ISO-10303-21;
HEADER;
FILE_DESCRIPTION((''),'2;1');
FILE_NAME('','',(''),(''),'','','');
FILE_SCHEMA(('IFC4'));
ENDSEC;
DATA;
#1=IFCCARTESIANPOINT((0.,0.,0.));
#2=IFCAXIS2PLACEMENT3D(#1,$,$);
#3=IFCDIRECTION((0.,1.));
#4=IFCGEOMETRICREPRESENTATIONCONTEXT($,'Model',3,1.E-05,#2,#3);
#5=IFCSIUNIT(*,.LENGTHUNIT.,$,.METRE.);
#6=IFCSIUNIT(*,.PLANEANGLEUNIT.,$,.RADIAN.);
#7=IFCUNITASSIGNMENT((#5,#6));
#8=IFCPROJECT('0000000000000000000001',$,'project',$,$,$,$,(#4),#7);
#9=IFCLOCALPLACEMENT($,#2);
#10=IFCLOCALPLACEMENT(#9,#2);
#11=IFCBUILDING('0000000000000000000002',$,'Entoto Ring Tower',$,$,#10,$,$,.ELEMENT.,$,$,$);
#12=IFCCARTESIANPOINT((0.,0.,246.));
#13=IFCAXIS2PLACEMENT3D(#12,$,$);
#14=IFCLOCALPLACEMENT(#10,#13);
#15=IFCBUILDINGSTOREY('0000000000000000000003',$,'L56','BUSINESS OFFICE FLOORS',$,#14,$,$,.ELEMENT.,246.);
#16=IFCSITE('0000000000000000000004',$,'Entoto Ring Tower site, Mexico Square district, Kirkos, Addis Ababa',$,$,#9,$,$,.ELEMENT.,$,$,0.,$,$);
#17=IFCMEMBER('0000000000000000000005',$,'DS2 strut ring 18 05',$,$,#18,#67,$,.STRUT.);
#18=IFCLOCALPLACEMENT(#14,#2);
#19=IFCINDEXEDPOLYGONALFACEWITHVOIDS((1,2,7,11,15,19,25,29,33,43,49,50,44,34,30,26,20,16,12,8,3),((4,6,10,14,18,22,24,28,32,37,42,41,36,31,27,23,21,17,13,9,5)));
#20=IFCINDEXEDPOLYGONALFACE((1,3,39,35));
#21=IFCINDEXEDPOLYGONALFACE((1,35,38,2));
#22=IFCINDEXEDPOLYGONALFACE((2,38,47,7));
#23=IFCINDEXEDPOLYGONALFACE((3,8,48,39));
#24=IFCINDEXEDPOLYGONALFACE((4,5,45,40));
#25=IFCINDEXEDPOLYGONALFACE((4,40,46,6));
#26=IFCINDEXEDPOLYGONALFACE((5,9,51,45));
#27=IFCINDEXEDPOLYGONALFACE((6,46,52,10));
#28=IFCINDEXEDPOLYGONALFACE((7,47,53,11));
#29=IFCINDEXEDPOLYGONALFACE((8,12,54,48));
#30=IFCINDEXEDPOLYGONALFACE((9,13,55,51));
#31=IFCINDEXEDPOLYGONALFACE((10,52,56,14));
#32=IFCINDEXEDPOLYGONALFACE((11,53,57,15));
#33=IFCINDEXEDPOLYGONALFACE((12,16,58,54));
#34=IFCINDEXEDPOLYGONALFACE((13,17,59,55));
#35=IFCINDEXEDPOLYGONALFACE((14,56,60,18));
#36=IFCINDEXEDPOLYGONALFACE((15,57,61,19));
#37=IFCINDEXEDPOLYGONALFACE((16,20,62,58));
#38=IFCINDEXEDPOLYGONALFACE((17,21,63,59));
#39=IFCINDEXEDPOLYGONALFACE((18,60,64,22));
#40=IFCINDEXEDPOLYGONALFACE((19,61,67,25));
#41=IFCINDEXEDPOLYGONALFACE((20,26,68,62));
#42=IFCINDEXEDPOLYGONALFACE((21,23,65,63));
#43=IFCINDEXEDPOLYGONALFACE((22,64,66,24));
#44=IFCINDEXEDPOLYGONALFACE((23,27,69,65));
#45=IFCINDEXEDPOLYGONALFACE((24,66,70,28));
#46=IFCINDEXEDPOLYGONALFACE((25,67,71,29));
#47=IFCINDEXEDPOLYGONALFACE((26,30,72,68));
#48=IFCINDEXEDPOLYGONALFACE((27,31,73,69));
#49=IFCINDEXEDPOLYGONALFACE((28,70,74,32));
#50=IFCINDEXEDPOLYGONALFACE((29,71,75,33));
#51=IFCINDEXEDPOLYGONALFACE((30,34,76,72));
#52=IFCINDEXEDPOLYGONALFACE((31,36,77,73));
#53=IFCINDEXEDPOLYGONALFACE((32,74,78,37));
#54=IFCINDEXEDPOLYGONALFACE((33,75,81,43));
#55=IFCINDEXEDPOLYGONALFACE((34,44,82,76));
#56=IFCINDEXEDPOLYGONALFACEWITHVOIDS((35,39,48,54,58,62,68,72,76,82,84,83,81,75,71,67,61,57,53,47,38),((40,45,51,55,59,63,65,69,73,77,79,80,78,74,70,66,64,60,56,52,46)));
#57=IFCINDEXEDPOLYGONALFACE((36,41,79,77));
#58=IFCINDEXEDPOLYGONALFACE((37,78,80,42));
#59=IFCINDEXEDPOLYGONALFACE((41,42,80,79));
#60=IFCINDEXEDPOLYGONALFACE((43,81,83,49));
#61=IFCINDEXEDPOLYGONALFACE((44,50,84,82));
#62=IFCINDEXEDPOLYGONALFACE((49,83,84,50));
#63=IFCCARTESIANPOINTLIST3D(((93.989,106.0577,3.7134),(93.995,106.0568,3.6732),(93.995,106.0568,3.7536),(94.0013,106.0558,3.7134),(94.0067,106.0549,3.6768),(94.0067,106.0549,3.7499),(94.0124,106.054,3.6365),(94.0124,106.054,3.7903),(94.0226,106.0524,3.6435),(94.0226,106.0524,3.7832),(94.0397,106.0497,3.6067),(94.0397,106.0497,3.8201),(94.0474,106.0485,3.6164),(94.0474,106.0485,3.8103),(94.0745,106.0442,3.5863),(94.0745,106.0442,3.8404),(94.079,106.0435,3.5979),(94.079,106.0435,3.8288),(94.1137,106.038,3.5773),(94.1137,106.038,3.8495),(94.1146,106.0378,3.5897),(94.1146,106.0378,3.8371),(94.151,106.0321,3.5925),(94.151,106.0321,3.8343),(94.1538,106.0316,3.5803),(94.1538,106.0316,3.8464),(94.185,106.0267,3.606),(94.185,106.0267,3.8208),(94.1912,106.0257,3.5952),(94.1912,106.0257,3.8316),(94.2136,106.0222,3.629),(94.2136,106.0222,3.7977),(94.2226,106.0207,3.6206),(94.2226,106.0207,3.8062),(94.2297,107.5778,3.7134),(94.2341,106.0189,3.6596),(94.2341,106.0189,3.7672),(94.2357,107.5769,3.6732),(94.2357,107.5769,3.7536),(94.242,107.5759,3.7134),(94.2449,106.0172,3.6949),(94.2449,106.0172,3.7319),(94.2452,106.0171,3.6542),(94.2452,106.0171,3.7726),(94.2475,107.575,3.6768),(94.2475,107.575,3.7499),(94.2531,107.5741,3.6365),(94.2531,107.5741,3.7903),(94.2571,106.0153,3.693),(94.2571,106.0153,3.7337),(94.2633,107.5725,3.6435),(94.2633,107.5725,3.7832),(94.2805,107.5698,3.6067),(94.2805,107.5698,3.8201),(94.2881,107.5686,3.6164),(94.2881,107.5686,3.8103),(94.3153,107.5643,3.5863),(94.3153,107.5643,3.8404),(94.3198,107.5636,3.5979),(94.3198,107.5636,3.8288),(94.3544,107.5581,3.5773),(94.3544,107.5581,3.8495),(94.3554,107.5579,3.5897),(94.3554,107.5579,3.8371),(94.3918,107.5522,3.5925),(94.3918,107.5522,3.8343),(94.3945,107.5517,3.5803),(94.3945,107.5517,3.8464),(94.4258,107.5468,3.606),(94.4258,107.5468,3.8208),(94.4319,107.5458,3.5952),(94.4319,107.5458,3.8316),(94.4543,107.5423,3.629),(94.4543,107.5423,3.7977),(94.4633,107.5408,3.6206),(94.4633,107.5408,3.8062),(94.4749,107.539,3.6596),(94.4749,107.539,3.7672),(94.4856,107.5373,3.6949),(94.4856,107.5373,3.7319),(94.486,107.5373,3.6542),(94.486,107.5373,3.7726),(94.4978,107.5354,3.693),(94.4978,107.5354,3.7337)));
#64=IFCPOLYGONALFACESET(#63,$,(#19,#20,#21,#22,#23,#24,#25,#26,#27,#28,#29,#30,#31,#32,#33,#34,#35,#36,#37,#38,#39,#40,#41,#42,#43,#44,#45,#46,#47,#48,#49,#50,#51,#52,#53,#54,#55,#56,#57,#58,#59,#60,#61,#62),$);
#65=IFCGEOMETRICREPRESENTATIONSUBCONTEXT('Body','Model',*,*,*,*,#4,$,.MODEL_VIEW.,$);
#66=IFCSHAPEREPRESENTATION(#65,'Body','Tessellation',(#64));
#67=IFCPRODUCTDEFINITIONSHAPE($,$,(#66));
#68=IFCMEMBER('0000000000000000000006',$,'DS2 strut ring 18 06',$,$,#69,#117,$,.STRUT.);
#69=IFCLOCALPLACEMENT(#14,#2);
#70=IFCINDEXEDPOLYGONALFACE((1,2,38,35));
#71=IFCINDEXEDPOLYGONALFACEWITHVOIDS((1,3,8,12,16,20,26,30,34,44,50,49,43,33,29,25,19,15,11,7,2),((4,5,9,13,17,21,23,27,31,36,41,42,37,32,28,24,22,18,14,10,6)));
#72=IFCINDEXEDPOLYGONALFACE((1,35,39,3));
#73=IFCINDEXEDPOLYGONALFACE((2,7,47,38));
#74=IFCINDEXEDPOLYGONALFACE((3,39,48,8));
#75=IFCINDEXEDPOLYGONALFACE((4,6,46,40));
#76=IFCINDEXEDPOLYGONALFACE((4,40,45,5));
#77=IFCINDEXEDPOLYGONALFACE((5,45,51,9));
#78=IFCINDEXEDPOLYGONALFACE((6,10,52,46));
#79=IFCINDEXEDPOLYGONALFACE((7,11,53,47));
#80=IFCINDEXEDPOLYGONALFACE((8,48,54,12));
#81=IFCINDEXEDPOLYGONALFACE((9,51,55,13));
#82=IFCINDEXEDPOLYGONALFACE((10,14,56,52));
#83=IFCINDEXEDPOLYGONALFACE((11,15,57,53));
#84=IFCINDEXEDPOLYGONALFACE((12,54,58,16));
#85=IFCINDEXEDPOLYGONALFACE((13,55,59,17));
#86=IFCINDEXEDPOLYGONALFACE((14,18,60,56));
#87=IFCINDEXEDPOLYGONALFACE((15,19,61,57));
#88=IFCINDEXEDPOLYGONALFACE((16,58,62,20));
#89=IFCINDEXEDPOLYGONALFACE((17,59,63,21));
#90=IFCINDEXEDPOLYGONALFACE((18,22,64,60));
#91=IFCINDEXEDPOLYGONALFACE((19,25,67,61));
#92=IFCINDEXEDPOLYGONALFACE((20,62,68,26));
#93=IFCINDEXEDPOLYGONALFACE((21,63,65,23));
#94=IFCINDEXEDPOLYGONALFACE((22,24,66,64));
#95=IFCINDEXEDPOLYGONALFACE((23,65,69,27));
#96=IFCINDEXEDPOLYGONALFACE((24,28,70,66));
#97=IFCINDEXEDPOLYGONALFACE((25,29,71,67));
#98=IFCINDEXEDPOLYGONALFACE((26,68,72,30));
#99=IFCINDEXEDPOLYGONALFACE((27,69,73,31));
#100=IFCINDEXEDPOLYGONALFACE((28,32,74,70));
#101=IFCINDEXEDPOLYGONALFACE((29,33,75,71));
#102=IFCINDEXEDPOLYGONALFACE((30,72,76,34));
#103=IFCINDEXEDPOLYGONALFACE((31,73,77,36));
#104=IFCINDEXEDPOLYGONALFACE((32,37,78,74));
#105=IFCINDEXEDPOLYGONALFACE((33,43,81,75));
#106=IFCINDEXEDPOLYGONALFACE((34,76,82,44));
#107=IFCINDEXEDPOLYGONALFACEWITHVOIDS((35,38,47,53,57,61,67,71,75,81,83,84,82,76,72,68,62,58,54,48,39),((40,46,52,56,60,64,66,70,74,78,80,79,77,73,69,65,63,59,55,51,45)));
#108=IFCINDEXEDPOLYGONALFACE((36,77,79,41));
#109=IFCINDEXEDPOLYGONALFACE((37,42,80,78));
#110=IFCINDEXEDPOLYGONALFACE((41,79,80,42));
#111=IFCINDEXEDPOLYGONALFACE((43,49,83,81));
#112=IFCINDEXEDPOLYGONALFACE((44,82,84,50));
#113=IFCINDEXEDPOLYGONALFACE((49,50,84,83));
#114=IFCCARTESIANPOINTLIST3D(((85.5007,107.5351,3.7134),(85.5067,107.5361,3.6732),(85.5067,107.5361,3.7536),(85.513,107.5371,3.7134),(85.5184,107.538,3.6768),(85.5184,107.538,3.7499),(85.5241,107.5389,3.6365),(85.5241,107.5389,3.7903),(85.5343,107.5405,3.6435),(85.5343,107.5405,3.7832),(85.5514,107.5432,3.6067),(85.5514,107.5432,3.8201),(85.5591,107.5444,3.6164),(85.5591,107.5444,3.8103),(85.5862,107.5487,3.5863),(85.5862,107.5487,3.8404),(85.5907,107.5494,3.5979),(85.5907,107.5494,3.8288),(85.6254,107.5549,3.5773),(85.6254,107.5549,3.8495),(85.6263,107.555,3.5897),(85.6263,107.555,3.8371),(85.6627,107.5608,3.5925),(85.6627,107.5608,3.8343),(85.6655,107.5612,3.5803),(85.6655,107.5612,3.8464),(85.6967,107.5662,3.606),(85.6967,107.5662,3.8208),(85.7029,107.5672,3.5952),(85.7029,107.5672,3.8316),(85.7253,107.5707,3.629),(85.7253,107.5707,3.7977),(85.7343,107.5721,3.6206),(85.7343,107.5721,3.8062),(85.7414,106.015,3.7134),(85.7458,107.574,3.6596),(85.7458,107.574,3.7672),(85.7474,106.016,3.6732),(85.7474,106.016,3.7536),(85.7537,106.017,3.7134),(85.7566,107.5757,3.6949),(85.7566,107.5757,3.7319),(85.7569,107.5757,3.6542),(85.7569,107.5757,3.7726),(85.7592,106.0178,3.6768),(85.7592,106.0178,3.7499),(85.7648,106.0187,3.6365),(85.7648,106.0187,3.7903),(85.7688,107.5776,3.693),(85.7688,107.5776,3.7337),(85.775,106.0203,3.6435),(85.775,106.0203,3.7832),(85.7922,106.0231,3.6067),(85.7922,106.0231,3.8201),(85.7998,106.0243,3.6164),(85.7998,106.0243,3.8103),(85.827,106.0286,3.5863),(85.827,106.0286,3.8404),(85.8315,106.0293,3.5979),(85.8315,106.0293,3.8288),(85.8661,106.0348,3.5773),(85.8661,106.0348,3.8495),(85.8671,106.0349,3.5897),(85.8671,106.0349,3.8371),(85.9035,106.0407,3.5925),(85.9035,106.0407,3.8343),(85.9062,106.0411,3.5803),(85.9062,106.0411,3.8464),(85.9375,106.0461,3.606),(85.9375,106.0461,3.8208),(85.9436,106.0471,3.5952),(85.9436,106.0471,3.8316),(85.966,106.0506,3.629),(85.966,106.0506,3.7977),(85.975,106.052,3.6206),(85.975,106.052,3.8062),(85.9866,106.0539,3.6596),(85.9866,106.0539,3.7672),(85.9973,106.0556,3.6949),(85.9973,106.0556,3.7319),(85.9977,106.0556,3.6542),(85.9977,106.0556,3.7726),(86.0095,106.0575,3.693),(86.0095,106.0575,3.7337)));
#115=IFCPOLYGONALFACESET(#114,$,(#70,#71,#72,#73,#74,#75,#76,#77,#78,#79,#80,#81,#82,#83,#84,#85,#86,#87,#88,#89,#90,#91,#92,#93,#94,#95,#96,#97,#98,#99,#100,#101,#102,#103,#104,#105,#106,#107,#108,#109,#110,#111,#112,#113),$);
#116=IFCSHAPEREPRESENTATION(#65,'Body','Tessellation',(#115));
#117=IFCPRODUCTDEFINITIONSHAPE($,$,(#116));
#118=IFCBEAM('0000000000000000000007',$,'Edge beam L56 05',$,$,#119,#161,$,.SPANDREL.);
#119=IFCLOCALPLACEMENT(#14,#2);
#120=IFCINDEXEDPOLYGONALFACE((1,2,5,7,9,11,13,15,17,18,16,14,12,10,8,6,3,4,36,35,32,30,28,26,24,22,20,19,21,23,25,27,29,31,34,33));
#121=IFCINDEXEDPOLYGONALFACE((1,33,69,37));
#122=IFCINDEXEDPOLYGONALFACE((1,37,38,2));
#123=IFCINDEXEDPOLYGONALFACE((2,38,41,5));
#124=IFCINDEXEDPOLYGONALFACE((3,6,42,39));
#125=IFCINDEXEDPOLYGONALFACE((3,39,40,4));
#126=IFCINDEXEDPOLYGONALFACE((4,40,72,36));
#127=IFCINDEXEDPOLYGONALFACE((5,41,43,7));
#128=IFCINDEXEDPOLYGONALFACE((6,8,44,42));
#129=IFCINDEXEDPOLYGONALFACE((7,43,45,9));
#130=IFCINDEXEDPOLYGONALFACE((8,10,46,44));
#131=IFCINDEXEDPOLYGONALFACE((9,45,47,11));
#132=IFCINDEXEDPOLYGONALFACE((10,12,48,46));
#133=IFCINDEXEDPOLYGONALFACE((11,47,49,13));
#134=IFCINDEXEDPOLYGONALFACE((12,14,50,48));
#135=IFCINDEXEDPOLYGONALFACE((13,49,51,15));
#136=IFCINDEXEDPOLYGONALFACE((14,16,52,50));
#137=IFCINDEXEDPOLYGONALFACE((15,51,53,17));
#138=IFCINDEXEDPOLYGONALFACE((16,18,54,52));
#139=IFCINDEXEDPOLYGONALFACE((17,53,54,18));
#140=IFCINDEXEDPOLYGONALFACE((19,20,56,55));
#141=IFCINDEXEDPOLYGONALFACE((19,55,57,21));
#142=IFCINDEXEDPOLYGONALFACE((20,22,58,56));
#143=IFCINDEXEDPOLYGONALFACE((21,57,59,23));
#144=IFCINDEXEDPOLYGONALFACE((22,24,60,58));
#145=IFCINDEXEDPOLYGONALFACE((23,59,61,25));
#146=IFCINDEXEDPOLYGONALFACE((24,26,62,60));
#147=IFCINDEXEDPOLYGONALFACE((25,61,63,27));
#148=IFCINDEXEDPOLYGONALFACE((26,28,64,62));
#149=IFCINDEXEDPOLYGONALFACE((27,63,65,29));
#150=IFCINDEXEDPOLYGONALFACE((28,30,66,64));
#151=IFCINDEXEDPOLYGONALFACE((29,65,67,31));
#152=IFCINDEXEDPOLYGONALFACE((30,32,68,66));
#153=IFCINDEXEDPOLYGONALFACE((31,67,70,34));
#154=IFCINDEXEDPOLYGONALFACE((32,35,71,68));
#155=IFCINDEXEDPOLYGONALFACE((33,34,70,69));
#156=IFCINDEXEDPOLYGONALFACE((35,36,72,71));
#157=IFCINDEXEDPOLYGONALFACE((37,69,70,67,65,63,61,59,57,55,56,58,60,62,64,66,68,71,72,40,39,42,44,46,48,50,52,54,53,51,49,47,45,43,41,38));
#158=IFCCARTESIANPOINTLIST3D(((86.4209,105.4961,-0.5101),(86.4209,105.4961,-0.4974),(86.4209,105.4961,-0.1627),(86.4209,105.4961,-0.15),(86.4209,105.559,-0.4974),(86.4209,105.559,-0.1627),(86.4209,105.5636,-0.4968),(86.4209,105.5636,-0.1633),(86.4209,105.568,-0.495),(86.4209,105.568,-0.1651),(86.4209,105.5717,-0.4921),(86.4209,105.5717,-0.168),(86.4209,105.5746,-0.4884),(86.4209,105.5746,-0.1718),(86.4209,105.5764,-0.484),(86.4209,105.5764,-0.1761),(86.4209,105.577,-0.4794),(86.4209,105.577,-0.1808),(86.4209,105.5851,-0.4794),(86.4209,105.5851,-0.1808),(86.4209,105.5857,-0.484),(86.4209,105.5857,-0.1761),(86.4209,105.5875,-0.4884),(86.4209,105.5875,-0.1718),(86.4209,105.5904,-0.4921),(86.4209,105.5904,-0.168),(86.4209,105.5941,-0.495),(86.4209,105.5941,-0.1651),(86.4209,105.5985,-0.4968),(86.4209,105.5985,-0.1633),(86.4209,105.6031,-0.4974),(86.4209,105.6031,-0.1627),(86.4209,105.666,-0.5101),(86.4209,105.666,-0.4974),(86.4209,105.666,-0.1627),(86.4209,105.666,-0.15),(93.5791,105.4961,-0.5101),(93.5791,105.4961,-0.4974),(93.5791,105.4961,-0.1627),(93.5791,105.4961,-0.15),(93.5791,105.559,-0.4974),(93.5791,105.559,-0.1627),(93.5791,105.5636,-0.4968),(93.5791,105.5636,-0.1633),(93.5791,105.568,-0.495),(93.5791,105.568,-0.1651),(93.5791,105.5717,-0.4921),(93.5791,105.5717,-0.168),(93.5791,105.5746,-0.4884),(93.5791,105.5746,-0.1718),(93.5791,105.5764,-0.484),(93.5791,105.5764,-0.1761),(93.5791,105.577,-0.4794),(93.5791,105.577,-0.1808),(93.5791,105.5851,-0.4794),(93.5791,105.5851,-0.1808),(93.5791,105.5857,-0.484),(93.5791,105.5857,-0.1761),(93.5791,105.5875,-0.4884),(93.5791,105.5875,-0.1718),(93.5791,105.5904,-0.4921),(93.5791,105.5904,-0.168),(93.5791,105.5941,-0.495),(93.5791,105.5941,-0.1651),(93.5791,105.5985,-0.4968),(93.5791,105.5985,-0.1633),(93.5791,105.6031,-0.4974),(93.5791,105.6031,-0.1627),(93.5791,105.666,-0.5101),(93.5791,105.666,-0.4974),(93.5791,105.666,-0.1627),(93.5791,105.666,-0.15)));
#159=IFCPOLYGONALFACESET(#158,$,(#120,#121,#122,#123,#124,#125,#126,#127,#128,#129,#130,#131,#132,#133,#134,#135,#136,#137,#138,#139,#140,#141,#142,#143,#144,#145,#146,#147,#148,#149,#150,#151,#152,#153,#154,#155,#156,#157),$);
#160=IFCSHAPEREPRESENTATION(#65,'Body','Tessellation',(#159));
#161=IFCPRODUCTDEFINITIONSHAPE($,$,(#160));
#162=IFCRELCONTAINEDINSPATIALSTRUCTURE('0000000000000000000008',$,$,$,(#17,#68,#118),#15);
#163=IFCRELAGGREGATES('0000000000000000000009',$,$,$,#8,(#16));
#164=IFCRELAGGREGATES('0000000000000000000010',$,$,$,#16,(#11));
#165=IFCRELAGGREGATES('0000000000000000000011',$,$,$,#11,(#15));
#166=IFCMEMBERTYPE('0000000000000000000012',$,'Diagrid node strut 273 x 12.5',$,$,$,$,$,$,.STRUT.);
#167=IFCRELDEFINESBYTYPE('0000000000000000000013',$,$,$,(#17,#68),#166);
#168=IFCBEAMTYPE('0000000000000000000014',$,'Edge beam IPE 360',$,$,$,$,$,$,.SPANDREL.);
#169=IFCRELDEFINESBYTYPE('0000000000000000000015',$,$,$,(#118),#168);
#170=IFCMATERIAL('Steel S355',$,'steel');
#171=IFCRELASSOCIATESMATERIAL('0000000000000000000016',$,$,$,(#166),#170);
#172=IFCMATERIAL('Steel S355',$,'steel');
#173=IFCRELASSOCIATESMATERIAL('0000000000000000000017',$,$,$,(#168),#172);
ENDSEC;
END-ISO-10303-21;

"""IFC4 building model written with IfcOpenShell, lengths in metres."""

from ifc_helpers import new_model, si_unit, direction, frame, origin, origin_2d, place, context, subcontext, project, spatial, circle, hollow_circle, i_section, extrude, material, material_profile, profile_set, type_object, element, save


model = new_model("IFC4")

# Units and contexts
model_context = context("Model", 3, precision=1e-05, world=origin(), true_north=direction((0.0, 1.0)))
body_context = subcontext(model_context, "Body", "Model", "MODEL_VIEW")
ifc_project = project(units=[si_unit("LENGTHUNIT", "METRE"), si_unit("PLANEANGLEUNIT", "RADIAN")], contexts=[model_context])

# Site, building, storey
site_placement = place(None, origin())
site = spatial("IfcSite", under=ifc_project, at=site_placement, Name="Entoto Ring Tower site, Mexico Square district, Kirkos, Addis Ababa", CompositionType="ELEMENT", RefElevation=0.0)
building_placement = place(site_placement, origin())
building = spatial("IfcBuilding", under=site, at=building_placement, Name="Entoto Ring Tower", CompositionType="ELEMENT")
storey_placement = place(building_placement, frame((0.0, 0.0, 246.0)))
storey = spatial("IfcBuildingStorey", under=building, at=storey_placement, Name="L56", Description="BUSINESS OFFICE FLOORS", CompositionType="ELEMENT", Elevation=246.0)

# Members
ifc_material_1 = material(Name="Steel S355", Category="steel")
ifc_material_profile_1 = material_profile(ifc_material_1, hollow_circle(Radius=0.1365, WallThickness=0.0125, at=origin_2d()), Name="CHS 273 x 12.5")
ifc_material_2 = material(Name="Concrete C60/75", Category="concrete")
ifc_material_profile_2 = material_profile(ifc_material_2, circle(Radius=0.124, at=origin_2d()), Name="Concrete C60/75 infill")
ifc_profile_set_1 = profile_set([ifc_material_profile_1, ifc_material_profile_2], Name="Steel S355")
member_type = type_object("IfcMemberType", Name="Diagrid node strut 273 x 12.5", PredefinedType="STRUT", material=ifc_profile_set_1)
for number, where, z_axis, x_axis, name in (
    (1, (94.1238, 106.0364, 3.7134), (0.156419, 0.987691, 0.0), (-0.987691, 0.156419, 0.0), "DS2 strut ring 18 05"),
    (2, (85.8762, 106.0364, 3.7134), (-0.156419, 0.987691, 0.0), (-0.987691, -0.156419, 0.0), "DS2 strut ring 18 06"),
):
    element("IfcMember", number, at=place(storey_placement, frame(where, z_axis=z_axis, x_axis=x_axis)), inside=storey, type_object=member_type, Name=name, PredefinedType="STRUT", context=body_context, shape_type="SweptSolid", body=[
        extrude(hollow_circle(Radius=0.1365, WallThickness=0.0125, at=origin_2d()), origin(), (0.0, 0.0, 1.0), 1.5391),
    ])

# Beam
ifc_material_3 = material(Name="Steel S355", Category="steel")
ifc_material_profile_3 = material_profile(ifc_material_3, i_section(OverallWidth=0.1699, OverallDepth=0.3601, WebThickness=0.0081, FlangeThickness=0.0127, FilletRadius=0.0181, at=origin_2d()), Name="IPE 360")
ifc_profile_set_2 = profile_set([ifc_material_profile_3], Name="Steel S355")
beam_type_1 = type_object("IfcBeamType", Name="Edge beam IPE 360", PredefinedType="SPANDREL", material=ifc_profile_set_2)
beam_1_placement = place(storey_placement, frame((93.5791, 105.5811, -0.3301), z_axis=(-1.0, 0.0, 0.0), x_axis=(0.0, -1.0, 0.0)))
element("IfcBeam", 3, at=beam_1_placement, inside=storey, type_object=beam_type_1, Name="Edge beam L56 05", PredefinedType="SPANDREL", context=body_context, shape_type="SweptSolid", body=[
    extrude(i_section(OverallWidth=0.1699, OverallDepth=0.3601, WebThickness=0.0081, FlangeThickness=0.0127, FilletRadius=0.0181, at=origin_2d()), origin(), (0.0, 0.0, 1.0), 7.1582),
])

save(model, "model.ifc")
